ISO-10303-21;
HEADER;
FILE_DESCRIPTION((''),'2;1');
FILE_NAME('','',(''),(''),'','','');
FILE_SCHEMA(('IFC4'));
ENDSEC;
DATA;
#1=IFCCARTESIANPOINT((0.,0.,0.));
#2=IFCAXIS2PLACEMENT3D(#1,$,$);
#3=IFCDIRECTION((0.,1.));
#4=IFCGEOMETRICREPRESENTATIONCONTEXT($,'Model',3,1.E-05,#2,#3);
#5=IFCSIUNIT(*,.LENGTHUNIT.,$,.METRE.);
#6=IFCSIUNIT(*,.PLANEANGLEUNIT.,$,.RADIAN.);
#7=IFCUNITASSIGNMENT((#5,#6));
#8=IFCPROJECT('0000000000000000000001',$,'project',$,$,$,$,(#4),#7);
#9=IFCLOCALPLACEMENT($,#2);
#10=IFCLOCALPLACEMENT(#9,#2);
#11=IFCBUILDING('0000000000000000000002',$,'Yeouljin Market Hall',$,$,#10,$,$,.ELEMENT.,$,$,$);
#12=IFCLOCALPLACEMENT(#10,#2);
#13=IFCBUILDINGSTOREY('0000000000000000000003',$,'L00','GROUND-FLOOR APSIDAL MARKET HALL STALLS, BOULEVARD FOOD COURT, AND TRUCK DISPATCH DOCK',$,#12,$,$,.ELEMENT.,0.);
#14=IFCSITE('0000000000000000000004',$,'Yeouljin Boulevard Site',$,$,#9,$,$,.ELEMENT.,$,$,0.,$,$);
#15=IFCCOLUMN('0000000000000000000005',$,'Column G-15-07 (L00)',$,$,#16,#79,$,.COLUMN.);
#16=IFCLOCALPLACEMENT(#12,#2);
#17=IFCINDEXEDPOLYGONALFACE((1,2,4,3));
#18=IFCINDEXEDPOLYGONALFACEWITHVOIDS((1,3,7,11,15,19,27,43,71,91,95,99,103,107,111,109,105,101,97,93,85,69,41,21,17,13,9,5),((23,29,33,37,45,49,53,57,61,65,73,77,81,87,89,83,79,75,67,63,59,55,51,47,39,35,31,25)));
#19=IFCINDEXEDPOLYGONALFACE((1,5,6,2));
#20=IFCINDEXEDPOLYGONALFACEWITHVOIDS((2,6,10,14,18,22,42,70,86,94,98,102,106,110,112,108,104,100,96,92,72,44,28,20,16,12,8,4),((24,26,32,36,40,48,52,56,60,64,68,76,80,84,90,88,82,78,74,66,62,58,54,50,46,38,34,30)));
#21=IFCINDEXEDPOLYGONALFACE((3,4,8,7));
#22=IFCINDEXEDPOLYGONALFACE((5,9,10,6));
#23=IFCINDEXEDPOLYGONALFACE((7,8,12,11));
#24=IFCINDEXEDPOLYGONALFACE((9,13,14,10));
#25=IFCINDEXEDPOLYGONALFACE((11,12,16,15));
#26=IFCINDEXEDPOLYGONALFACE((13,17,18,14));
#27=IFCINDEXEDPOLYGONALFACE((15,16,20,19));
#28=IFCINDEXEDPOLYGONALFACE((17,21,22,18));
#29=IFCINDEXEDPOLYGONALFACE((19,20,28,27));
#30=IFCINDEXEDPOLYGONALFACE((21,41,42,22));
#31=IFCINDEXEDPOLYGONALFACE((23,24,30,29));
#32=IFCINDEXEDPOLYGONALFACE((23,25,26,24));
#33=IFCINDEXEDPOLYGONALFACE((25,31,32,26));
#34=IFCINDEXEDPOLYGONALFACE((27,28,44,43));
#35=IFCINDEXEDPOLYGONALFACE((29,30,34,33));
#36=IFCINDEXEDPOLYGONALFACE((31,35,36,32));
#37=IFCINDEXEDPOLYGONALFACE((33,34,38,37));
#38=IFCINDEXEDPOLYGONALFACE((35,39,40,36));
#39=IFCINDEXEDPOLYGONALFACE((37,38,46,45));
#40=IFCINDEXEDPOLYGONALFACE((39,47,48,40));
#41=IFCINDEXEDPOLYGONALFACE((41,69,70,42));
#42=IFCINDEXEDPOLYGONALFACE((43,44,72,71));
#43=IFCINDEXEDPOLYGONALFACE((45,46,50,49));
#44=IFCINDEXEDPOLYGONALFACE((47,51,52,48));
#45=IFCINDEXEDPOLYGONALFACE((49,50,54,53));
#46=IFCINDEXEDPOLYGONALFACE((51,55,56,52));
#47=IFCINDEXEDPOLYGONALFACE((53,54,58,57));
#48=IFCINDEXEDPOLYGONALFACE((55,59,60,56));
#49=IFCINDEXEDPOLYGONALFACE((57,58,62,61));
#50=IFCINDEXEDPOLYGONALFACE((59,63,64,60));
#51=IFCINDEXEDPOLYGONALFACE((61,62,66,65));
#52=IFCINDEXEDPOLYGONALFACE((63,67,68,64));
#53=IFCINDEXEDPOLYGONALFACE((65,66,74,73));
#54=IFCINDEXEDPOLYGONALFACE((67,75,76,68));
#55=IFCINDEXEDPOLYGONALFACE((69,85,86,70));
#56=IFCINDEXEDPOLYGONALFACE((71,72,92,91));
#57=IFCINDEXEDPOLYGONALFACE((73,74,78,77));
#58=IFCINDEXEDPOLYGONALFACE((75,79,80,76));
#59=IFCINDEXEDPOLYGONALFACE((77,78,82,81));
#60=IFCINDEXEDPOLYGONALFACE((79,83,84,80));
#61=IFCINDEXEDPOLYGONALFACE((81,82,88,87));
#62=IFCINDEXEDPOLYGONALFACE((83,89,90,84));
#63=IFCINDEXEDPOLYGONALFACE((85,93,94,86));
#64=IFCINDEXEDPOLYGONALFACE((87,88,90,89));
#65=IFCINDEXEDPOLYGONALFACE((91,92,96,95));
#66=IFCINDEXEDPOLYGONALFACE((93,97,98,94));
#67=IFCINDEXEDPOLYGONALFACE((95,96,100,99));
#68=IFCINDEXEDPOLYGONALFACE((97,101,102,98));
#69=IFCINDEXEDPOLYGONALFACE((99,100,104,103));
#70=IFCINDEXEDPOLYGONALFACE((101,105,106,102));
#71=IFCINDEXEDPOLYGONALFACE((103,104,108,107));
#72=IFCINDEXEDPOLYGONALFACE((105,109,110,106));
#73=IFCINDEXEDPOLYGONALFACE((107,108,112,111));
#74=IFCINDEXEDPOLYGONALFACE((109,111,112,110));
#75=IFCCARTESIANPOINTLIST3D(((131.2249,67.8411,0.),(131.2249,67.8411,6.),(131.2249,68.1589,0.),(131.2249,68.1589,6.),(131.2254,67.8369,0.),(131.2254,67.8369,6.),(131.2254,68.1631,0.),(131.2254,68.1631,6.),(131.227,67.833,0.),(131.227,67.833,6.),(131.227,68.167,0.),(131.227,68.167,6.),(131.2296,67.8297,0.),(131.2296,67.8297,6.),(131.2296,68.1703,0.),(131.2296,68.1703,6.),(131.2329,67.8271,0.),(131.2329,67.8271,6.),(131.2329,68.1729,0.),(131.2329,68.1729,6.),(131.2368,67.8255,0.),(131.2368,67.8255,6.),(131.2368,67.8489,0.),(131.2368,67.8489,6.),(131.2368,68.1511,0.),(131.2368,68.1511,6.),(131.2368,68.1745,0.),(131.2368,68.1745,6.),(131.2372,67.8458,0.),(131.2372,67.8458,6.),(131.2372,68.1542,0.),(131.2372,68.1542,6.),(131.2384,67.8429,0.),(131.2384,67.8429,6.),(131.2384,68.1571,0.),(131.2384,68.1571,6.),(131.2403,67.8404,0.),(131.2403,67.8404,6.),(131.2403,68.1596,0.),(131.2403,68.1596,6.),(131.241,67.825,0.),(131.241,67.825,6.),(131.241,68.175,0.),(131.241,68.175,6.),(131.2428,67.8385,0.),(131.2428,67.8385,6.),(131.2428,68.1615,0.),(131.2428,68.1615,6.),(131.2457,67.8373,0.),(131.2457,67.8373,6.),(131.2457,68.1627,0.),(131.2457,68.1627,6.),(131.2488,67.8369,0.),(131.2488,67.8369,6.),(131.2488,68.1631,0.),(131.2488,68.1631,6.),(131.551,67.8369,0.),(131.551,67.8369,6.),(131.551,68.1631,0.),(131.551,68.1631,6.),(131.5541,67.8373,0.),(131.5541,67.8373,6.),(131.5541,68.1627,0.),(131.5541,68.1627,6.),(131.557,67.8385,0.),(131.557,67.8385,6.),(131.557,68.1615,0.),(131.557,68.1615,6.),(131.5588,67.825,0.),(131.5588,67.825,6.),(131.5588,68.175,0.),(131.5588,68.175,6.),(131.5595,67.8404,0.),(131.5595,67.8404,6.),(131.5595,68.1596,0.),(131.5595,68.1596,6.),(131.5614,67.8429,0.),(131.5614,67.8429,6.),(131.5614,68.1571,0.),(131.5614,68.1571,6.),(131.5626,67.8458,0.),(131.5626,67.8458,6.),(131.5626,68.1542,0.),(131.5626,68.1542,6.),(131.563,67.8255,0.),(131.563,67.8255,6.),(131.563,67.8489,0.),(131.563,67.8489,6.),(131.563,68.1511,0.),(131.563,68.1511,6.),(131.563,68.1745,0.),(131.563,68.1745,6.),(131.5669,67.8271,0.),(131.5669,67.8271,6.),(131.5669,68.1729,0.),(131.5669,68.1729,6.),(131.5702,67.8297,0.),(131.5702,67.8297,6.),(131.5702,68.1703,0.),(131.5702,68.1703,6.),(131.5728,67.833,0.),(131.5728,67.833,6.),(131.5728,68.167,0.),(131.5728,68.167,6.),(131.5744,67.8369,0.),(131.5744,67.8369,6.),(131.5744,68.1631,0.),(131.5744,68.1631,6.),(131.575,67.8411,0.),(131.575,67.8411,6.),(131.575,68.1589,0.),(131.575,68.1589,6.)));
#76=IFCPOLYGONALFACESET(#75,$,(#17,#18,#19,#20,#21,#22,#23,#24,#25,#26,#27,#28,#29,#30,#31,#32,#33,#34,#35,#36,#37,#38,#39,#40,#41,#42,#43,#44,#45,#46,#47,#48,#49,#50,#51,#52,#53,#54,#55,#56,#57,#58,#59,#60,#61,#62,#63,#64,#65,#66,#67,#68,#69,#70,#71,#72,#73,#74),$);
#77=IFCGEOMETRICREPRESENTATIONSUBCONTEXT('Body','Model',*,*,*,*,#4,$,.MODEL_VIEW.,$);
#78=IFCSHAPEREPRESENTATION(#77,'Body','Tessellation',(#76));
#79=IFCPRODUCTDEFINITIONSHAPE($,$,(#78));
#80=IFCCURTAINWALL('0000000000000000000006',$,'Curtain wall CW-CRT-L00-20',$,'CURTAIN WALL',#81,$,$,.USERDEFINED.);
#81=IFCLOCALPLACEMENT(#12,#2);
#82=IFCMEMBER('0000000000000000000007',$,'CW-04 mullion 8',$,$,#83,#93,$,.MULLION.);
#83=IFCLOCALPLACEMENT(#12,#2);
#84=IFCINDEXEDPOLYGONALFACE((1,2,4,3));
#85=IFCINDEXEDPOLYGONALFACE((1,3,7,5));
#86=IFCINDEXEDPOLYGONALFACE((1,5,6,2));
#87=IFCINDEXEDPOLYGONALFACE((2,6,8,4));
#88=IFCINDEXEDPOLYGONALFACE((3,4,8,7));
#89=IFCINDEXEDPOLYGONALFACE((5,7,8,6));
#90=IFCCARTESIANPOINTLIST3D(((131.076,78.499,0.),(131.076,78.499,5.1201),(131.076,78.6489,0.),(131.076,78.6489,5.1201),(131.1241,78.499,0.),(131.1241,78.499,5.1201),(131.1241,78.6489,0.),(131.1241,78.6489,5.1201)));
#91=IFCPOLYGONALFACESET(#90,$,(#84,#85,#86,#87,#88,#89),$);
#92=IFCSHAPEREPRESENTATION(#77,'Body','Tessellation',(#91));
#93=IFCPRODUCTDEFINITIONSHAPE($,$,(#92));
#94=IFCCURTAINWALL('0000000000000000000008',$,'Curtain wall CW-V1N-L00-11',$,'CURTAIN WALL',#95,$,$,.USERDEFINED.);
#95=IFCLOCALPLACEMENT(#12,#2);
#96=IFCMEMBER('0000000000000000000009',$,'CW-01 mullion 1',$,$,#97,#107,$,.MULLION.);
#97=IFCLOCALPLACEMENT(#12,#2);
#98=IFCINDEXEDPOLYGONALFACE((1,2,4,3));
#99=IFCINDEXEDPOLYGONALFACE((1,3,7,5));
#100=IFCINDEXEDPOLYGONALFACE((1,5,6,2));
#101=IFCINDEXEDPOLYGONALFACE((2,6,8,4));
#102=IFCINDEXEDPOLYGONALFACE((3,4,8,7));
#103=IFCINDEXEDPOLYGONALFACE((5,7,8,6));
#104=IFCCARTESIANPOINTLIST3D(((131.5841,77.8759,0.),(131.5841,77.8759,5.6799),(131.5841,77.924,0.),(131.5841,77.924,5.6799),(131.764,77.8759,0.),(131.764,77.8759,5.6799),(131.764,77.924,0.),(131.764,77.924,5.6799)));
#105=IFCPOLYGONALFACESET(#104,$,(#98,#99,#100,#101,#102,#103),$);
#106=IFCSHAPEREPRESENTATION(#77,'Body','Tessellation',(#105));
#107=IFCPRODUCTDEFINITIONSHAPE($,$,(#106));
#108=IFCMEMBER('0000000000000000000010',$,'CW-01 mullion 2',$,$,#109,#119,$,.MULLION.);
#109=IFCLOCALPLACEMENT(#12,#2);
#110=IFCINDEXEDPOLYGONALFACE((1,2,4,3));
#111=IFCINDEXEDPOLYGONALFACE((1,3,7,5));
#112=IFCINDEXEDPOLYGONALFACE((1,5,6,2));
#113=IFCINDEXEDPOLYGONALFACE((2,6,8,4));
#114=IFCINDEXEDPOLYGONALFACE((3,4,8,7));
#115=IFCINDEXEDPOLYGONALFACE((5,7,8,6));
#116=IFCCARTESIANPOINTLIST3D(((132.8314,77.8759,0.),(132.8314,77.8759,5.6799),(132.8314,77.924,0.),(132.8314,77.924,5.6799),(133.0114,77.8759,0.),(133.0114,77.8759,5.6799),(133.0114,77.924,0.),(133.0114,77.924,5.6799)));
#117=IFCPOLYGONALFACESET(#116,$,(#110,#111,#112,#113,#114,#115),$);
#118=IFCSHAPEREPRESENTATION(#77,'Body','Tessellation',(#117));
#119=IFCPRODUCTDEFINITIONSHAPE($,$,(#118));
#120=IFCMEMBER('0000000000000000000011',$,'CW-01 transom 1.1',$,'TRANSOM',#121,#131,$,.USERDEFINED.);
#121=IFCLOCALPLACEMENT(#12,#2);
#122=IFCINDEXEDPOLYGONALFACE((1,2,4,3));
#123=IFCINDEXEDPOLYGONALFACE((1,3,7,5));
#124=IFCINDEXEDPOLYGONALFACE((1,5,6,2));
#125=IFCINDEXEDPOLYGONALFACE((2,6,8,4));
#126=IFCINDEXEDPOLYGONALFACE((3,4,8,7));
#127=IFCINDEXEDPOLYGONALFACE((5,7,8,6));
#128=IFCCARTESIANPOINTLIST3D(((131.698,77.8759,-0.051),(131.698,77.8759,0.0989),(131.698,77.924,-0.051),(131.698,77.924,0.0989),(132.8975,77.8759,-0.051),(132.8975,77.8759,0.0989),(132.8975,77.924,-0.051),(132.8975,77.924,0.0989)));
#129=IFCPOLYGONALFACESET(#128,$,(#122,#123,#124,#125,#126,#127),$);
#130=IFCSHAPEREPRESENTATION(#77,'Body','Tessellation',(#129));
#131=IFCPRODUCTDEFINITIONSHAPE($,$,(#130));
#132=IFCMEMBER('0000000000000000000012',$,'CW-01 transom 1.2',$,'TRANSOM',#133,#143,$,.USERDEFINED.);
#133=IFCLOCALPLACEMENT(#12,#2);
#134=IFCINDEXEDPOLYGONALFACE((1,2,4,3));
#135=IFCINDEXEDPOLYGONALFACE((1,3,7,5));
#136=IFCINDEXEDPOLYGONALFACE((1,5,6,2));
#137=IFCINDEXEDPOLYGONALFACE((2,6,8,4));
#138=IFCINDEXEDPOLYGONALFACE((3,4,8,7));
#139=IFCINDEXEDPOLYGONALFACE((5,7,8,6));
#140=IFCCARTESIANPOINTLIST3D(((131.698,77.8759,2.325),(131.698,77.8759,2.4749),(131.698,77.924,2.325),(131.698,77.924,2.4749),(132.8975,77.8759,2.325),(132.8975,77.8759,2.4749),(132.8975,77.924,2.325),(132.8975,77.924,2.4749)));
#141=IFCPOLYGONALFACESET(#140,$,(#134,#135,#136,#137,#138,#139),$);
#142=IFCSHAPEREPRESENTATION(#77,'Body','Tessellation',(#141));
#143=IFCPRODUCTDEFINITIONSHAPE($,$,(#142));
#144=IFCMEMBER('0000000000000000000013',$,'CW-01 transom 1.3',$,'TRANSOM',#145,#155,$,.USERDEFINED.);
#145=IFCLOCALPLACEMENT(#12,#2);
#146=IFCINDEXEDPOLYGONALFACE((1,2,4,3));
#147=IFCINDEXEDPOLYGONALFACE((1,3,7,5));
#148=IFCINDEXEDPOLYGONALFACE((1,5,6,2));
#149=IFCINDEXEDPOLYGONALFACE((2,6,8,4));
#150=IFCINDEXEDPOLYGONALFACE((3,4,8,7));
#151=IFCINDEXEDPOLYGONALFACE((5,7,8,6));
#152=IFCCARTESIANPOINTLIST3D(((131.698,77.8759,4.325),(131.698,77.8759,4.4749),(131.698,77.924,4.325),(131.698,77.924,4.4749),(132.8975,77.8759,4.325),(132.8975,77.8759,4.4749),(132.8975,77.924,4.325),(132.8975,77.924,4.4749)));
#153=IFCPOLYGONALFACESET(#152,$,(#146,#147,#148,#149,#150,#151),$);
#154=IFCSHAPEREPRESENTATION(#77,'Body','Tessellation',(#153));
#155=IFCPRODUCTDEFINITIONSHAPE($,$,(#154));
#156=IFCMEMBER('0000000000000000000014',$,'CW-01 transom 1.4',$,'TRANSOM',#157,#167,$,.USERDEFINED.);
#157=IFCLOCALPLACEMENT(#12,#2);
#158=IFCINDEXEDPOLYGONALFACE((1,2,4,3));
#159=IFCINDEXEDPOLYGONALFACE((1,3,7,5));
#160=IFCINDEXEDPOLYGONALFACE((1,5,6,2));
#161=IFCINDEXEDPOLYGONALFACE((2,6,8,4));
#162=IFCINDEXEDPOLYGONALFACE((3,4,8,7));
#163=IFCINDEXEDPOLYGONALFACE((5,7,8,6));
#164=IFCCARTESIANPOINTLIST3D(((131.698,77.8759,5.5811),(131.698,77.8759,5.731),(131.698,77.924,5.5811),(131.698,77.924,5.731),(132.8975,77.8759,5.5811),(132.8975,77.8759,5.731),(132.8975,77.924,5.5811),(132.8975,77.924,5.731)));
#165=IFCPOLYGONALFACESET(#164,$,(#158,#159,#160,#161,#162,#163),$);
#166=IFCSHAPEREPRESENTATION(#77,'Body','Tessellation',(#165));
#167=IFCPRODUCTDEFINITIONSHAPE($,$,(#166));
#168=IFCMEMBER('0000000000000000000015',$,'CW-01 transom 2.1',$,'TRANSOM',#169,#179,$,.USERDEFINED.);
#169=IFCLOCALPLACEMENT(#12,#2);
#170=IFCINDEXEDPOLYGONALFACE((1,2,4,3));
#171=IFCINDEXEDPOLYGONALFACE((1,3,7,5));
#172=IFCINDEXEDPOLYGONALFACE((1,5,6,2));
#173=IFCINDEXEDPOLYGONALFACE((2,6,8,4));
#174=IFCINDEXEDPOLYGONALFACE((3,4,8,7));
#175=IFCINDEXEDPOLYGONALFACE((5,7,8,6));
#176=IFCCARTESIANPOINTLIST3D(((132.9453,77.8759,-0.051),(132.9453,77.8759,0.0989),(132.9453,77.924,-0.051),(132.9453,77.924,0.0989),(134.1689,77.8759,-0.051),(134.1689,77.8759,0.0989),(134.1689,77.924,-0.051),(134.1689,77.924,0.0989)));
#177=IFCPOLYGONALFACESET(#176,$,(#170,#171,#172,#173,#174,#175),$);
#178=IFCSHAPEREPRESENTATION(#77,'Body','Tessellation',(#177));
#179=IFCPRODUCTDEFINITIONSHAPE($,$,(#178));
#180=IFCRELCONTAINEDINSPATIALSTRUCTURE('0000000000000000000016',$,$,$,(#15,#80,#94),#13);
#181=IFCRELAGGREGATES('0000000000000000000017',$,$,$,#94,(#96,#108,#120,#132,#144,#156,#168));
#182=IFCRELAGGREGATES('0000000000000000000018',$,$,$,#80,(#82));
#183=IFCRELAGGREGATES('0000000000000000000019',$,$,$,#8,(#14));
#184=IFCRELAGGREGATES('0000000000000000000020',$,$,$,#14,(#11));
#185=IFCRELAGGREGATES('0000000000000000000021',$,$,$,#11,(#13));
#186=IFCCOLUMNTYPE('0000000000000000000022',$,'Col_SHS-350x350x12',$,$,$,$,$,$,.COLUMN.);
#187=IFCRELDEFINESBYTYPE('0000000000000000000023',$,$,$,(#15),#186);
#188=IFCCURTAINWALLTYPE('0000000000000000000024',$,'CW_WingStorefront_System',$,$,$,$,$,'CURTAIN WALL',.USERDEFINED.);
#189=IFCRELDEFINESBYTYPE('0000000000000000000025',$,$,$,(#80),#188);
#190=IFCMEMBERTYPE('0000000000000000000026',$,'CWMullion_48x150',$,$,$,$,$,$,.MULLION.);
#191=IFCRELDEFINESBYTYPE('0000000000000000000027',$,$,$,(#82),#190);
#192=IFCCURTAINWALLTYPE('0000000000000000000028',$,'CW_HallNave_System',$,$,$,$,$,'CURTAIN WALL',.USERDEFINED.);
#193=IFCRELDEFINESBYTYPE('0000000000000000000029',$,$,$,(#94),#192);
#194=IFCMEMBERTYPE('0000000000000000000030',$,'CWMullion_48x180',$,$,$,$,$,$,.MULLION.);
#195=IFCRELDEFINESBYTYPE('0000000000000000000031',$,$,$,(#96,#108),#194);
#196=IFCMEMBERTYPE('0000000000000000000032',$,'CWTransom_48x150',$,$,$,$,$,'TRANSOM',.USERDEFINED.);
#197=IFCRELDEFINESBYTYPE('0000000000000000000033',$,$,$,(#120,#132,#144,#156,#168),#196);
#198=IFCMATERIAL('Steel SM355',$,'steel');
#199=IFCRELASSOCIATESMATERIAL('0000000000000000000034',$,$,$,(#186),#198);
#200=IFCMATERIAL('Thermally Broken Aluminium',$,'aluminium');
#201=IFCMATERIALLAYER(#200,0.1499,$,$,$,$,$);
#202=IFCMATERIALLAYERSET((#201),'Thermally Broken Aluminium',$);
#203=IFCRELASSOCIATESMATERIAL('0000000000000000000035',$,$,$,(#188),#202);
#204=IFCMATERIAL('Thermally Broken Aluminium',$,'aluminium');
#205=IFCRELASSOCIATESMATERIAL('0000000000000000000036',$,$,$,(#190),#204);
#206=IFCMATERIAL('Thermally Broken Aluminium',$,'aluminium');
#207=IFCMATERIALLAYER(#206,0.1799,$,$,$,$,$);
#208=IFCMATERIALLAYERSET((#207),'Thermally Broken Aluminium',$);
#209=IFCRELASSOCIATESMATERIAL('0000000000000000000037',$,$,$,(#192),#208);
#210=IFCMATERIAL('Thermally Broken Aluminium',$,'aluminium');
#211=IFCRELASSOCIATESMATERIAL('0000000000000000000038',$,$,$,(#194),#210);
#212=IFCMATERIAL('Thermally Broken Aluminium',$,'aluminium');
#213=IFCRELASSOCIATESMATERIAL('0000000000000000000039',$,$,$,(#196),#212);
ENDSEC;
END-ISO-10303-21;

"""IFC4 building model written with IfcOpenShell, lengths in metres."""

from ifc_helpers import new_model, si_unit, direction, frame, origin, origin_2d, place, context, subcontext, project, spatial, rectangle, hollow_rectangle, extrude, material, layer, layer_set, material_profile, profile_set, type_object, element, aggregate, save


model = new_model("IFC4")

# Units and contexts
model_context = context("Model", 3, precision=1e-05, world=origin(), true_north=direction((0.0, 1.0)))
body_context = subcontext(model_context, "Body", "Model", "MODEL_VIEW")
ifc_project = project(units=[si_unit("LENGTHUNIT", "METRE"), si_unit("PLANEANGLEUNIT", "RADIAN")], contexts=[model_context])

# Site, building, storey
site_placement = place(None, origin())
site = spatial("IfcSite", under=ifc_project, at=site_placement, Name="Yeouljin Boulevard Site", CompositionType="ELEMENT", RefElevation=0.0)
building_placement = place(site_placement, origin())
building = spatial("IfcBuilding", under=site, at=building_placement, Name="Yeouljin Market Hall", CompositionType="ELEMENT")
storey_placement = place(building_placement, origin())
storey = spatial("IfcBuildingStorey", under=building, at=storey_placement, Name="L00", Description="GROUND-FLOOR APSIDAL MARKET HALL STALLS, BOULEVARD FOOD COURT, AND TRUCK DISPATCH DOCK", CompositionType="ELEMENT", Elevation=0.0)

# Column
ifc_material_1 = material(Name="Steel SM355", Category="steel")
ifc_material_profile_1 = material_profile(ifc_material_1, hollow_rectangle(XDim=0.3501, YDim=0.3501, WallThickness=0.012, InnerFilletRadius=0.012, OuterFilletRadius=0.0161, at=origin_2d()), Name="SHS-350x350x12")
ifc_profile_set_1 = profile_set([ifc_material_profile_1], Name="Steel SM355")
column_type_1 = type_object("IfcColumnType", Name="Col_SHS-350x350x12", PredefinedType="COLUMN", material=ifc_profile_set_1)
for number, where, z_axis, x_axis, name in (
    (1, (131.3999, 68.0, 0.0), (0.0, 0.0, 1.0), (1.0, 0.0, 0.0), "Column G-15-07 (L00)"),
):
    element("IfcColumn", number, at=place(storey_placement, frame(where, z_axis=z_axis, x_axis=x_axis)), inside=storey, type_object=column_type_1, Name=name, PredefinedType="COLUMN", context=body_context, shape_type="SweptSolid", body=[
        extrude(hollow_rectangle(XDim=0.3501, YDim=0.3501, WallThickness=0.012, InnerFilletRadius=0.012, OuterFilletRadius=0.0161, at=origin_2d()), origin(), (0.0, 0.0, 1.0), 6.0),
    ])

# Curtain wall, member
ifc_material_2 = material(Name="Thermally Broken Aluminium", Category="aluminium")
ifc_layer_1 = layer(ifc_material_2, 0.1499)
ifc_layer_set_1 = layer_set([ifc_layer_1], Name="Thermally Broken Aluminium")
curtain_wall_type_1 = type_object("IfcCurtainWallType", Name="CW_WingStorefront_System", ElementType="CURTAIN WALL", PredefinedType="USERDEFINED", material=ifc_layer_set_1)
curtain_wall_1_placement = place(storey_placement, origin())
curtain_wall_1 = element("IfcCurtainWall", 2, at=curtain_wall_1_placement, inside=storey, type_object=curtain_wall_type_1, Name="Curtain wall CW-CRT-L00-20", ObjectType="CURTAIN WALL", PredefinedType="USERDEFINED")
ifc_material_3 = material(Name="Thermally Broken Aluminium", Category="aluminium")
ifc_material_profile_2 = material_profile(ifc_material_3, rectangle(XDim=0.0481, YDim=0.1499, at=origin_2d()), Name="CW-MULL-48x150")
ifc_profile_set_2 = profile_set([ifc_material_profile_2], Name="Thermally Broken Aluminium")
member_type_1 = type_object("IfcMemberType", Name="CWMullion_48x150", PredefinedType="MULLION", material=ifc_profile_set_2)
member_1_placement = place(storey_placement, frame((131.1001, 78.574, 0.0), z_axis=(0.0, 0.0, 1.0), x_axis=(1.0, 0.0, 0.0)))
member_1 = element("IfcMember", 3, at=member_1_placement, type_object=member_type_1, Name="CW-04 mullion 8", PredefinedType="MULLION", context=body_context, shape_type="SweptSolid", body=[
    extrude(rectangle(XDim=0.0481, YDim=0.1499, at=origin_2d()), origin(), (0.0, 0.0, 1.0), 5.1201),
])

# Curtain wall, members
ifc_material_4 = material(Name="Thermally Broken Aluminium", Category="aluminium")
ifc_layer_2 = layer(ifc_material_4, 0.1799)
ifc_layer_set_2 = layer_set([ifc_layer_2], Name="Thermally Broken Aluminium")
curtain_wall_type_2 = type_object("IfcCurtainWallType", Name="CW_HallNave_System", ElementType="CURTAIN WALL", PredefinedType="USERDEFINED", material=ifc_layer_set_2)
curtain_wall_2_placement = place(storey_placement, origin())
curtain_wall_2 = element("IfcCurtainWall", 4, at=curtain_wall_2_placement, inside=storey, type_object=curtain_wall_type_2, Name="Curtain wall CW-V1N-L00-11", ObjectType="CURTAIN WALL", PredefinedType="USERDEFINED")
ifc_material_5 = material(Name="Thermally Broken Aluminium", Category="aluminium")
ifc_material_profile_3 = material_profile(ifc_material_5, rectangle(XDim=0.0481, YDim=0.1799, at=origin_2d()), Name="CW-MULL-48x180")
ifc_profile_set_3 = profile_set([ifc_material_profile_3], Name="Thermally Broken Aluminium")
member_type_2 = type_object("IfcMemberType", Name="CWMullion_48x180", PredefinedType="MULLION", material=ifc_profile_set_3)
member_2_placement = place(storey_placement, frame((131.6741, 77.8999, 0.0), z_axis=(0.0, 0.0, 1.0), x_axis=(0.0, 1.0, 0.0)))
member_2 = element("IfcMember", 5, at=member_2_placement, type_object=member_type_2, Name="CW-01 mullion 1", PredefinedType="MULLION", context=body_context, shape_type="SweptSolid", body=[
    extrude(rectangle(XDim=0.0481, YDim=0.1799, at=origin_2d()), origin(), (0.0, 0.0, 1.0), 5.6799),
])
member_3_placement = place(storey_placement, frame((132.9214, 77.8999, 0.0), z_axis=(0.0, 0.0, 1.0), x_axis=(0.0, 1.0, 0.0)))
member_3 = element("IfcMember", 6, at=member_3_placement, type_object=member_type_2, Name="CW-01 mullion 2", PredefinedType="MULLION", context=body_context, shape_type="SweptSolid", body=[
    extrude(rectangle(XDim=0.0481, YDim=0.1799, at=origin_2d()), origin(), (0.0, 0.0, 1.0), 5.6799),
])
ifc_material_6 = material(Name="Thermally Broken Aluminium", Category="aluminium")
ifc_material_profile_4 = material_profile(ifc_material_6, rectangle(XDim=0.0481, YDim=0.1499, at=origin_2d()), Name="CW-TRAN-48x150")
ifc_profile_set_4 = profile_set([ifc_material_profile_4], Name="Thermally Broken Aluminium")
member_type_3 = type_object("IfcMemberType", Name="CWTransom_48x150", ElementType="TRANSOM", PredefinedType="USERDEFINED", material=ifc_profile_set_4)
member_4_placement = place(storey_placement, frame((131.698, 77.8999, 0.0239), z_axis=(1.0, 0.0, 0.0), x_axis=(0.0, 1.0, 0.0)))
member_4 = element("IfcMember", 7, at=member_4_placement, type_object=member_type_3, Name="CW-01 transom 1.1", ObjectType="TRANSOM", PredefinedType="USERDEFINED", context=body_context, shape_type="SweptSolid", body=[
    extrude(rectangle(XDim=0.0481, YDim=0.1499, at=origin_2d()), origin(), (0.0, 0.0, 1.0), 1.1995),
])
member_5_placement = place(storey_placement, frame((131.698, 77.8999, 2.3999), z_axis=(1.0, 0.0, 0.0), x_axis=(0.0, 1.0, 0.0)))
member_5 = element("IfcMember", 8, at=member_5_placement, type_object=member_type_3, Name="CW-01 transom 1.2", ObjectType="TRANSOM", PredefinedType="USERDEFINED", context=body_context, shape_type="SweptSolid", body=[
    extrude(rectangle(XDim=0.0481, YDim=0.1499, at=origin_2d()), origin(), (0.0, 0.0, 1.0), 1.1995),
])
member_6_placement = place(storey_placement, frame((131.698, 77.8999, 4.3999), z_axis=(1.0, 0.0, 0.0), x_axis=(0.0, 1.0, 0.0)))
member_6 = element("IfcMember", 9, at=member_6_placement, type_object=member_type_3, Name="CW-01 transom 1.3", ObjectType="TRANSOM", PredefinedType="USERDEFINED", context=body_context, shape_type="SweptSolid", body=[
    extrude(rectangle(XDim=0.0481, YDim=0.1499, at=origin_2d()), origin(), (0.0, 0.0, 1.0), 1.1995),
])
member_7_placement = place(storey_placement, frame((131.698, 77.8999, 5.656), z_axis=(1.0, 0.0, 0.0), x_axis=(0.0, 1.0, 0.0)))
member_7 = element("IfcMember", 10, at=member_7_placement, type_object=member_type_3, Name="CW-01 transom 1.4", ObjectType="TRANSOM", PredefinedType="USERDEFINED", context=body_context, shape_type="SweptSolid", body=[
    extrude(rectangle(XDim=0.0481, YDim=0.1499, at=origin_2d()), origin(), (0.0, 0.0, 1.0), 1.1995),
])
member_8_placement = place(storey_placement, frame((132.9453, 77.8999, 0.0239), z_axis=(1.0, 0.0, 0.0), x_axis=(0.0, 1.0, 0.0)))
member_8 = element("IfcMember", 11, at=member_8_placement, type_object=member_type_3, Name="CW-01 transom 2.1", ObjectType="TRANSOM", PredefinedType="USERDEFINED", context=body_context, shape_type="SweptSolid", body=[
    extrude(rectangle(XDim=0.0481, YDim=0.1499, at=origin_2d()), origin(), (0.0, 0.0, 1.0), 1.2236),
])
aggregate(curtain_wall_2, [member_2, member_3, member_4, member_5, member_6, member_7, member_8])

aggregate(curtain_wall_1, [member_1])

save(model, "model.ifc")
